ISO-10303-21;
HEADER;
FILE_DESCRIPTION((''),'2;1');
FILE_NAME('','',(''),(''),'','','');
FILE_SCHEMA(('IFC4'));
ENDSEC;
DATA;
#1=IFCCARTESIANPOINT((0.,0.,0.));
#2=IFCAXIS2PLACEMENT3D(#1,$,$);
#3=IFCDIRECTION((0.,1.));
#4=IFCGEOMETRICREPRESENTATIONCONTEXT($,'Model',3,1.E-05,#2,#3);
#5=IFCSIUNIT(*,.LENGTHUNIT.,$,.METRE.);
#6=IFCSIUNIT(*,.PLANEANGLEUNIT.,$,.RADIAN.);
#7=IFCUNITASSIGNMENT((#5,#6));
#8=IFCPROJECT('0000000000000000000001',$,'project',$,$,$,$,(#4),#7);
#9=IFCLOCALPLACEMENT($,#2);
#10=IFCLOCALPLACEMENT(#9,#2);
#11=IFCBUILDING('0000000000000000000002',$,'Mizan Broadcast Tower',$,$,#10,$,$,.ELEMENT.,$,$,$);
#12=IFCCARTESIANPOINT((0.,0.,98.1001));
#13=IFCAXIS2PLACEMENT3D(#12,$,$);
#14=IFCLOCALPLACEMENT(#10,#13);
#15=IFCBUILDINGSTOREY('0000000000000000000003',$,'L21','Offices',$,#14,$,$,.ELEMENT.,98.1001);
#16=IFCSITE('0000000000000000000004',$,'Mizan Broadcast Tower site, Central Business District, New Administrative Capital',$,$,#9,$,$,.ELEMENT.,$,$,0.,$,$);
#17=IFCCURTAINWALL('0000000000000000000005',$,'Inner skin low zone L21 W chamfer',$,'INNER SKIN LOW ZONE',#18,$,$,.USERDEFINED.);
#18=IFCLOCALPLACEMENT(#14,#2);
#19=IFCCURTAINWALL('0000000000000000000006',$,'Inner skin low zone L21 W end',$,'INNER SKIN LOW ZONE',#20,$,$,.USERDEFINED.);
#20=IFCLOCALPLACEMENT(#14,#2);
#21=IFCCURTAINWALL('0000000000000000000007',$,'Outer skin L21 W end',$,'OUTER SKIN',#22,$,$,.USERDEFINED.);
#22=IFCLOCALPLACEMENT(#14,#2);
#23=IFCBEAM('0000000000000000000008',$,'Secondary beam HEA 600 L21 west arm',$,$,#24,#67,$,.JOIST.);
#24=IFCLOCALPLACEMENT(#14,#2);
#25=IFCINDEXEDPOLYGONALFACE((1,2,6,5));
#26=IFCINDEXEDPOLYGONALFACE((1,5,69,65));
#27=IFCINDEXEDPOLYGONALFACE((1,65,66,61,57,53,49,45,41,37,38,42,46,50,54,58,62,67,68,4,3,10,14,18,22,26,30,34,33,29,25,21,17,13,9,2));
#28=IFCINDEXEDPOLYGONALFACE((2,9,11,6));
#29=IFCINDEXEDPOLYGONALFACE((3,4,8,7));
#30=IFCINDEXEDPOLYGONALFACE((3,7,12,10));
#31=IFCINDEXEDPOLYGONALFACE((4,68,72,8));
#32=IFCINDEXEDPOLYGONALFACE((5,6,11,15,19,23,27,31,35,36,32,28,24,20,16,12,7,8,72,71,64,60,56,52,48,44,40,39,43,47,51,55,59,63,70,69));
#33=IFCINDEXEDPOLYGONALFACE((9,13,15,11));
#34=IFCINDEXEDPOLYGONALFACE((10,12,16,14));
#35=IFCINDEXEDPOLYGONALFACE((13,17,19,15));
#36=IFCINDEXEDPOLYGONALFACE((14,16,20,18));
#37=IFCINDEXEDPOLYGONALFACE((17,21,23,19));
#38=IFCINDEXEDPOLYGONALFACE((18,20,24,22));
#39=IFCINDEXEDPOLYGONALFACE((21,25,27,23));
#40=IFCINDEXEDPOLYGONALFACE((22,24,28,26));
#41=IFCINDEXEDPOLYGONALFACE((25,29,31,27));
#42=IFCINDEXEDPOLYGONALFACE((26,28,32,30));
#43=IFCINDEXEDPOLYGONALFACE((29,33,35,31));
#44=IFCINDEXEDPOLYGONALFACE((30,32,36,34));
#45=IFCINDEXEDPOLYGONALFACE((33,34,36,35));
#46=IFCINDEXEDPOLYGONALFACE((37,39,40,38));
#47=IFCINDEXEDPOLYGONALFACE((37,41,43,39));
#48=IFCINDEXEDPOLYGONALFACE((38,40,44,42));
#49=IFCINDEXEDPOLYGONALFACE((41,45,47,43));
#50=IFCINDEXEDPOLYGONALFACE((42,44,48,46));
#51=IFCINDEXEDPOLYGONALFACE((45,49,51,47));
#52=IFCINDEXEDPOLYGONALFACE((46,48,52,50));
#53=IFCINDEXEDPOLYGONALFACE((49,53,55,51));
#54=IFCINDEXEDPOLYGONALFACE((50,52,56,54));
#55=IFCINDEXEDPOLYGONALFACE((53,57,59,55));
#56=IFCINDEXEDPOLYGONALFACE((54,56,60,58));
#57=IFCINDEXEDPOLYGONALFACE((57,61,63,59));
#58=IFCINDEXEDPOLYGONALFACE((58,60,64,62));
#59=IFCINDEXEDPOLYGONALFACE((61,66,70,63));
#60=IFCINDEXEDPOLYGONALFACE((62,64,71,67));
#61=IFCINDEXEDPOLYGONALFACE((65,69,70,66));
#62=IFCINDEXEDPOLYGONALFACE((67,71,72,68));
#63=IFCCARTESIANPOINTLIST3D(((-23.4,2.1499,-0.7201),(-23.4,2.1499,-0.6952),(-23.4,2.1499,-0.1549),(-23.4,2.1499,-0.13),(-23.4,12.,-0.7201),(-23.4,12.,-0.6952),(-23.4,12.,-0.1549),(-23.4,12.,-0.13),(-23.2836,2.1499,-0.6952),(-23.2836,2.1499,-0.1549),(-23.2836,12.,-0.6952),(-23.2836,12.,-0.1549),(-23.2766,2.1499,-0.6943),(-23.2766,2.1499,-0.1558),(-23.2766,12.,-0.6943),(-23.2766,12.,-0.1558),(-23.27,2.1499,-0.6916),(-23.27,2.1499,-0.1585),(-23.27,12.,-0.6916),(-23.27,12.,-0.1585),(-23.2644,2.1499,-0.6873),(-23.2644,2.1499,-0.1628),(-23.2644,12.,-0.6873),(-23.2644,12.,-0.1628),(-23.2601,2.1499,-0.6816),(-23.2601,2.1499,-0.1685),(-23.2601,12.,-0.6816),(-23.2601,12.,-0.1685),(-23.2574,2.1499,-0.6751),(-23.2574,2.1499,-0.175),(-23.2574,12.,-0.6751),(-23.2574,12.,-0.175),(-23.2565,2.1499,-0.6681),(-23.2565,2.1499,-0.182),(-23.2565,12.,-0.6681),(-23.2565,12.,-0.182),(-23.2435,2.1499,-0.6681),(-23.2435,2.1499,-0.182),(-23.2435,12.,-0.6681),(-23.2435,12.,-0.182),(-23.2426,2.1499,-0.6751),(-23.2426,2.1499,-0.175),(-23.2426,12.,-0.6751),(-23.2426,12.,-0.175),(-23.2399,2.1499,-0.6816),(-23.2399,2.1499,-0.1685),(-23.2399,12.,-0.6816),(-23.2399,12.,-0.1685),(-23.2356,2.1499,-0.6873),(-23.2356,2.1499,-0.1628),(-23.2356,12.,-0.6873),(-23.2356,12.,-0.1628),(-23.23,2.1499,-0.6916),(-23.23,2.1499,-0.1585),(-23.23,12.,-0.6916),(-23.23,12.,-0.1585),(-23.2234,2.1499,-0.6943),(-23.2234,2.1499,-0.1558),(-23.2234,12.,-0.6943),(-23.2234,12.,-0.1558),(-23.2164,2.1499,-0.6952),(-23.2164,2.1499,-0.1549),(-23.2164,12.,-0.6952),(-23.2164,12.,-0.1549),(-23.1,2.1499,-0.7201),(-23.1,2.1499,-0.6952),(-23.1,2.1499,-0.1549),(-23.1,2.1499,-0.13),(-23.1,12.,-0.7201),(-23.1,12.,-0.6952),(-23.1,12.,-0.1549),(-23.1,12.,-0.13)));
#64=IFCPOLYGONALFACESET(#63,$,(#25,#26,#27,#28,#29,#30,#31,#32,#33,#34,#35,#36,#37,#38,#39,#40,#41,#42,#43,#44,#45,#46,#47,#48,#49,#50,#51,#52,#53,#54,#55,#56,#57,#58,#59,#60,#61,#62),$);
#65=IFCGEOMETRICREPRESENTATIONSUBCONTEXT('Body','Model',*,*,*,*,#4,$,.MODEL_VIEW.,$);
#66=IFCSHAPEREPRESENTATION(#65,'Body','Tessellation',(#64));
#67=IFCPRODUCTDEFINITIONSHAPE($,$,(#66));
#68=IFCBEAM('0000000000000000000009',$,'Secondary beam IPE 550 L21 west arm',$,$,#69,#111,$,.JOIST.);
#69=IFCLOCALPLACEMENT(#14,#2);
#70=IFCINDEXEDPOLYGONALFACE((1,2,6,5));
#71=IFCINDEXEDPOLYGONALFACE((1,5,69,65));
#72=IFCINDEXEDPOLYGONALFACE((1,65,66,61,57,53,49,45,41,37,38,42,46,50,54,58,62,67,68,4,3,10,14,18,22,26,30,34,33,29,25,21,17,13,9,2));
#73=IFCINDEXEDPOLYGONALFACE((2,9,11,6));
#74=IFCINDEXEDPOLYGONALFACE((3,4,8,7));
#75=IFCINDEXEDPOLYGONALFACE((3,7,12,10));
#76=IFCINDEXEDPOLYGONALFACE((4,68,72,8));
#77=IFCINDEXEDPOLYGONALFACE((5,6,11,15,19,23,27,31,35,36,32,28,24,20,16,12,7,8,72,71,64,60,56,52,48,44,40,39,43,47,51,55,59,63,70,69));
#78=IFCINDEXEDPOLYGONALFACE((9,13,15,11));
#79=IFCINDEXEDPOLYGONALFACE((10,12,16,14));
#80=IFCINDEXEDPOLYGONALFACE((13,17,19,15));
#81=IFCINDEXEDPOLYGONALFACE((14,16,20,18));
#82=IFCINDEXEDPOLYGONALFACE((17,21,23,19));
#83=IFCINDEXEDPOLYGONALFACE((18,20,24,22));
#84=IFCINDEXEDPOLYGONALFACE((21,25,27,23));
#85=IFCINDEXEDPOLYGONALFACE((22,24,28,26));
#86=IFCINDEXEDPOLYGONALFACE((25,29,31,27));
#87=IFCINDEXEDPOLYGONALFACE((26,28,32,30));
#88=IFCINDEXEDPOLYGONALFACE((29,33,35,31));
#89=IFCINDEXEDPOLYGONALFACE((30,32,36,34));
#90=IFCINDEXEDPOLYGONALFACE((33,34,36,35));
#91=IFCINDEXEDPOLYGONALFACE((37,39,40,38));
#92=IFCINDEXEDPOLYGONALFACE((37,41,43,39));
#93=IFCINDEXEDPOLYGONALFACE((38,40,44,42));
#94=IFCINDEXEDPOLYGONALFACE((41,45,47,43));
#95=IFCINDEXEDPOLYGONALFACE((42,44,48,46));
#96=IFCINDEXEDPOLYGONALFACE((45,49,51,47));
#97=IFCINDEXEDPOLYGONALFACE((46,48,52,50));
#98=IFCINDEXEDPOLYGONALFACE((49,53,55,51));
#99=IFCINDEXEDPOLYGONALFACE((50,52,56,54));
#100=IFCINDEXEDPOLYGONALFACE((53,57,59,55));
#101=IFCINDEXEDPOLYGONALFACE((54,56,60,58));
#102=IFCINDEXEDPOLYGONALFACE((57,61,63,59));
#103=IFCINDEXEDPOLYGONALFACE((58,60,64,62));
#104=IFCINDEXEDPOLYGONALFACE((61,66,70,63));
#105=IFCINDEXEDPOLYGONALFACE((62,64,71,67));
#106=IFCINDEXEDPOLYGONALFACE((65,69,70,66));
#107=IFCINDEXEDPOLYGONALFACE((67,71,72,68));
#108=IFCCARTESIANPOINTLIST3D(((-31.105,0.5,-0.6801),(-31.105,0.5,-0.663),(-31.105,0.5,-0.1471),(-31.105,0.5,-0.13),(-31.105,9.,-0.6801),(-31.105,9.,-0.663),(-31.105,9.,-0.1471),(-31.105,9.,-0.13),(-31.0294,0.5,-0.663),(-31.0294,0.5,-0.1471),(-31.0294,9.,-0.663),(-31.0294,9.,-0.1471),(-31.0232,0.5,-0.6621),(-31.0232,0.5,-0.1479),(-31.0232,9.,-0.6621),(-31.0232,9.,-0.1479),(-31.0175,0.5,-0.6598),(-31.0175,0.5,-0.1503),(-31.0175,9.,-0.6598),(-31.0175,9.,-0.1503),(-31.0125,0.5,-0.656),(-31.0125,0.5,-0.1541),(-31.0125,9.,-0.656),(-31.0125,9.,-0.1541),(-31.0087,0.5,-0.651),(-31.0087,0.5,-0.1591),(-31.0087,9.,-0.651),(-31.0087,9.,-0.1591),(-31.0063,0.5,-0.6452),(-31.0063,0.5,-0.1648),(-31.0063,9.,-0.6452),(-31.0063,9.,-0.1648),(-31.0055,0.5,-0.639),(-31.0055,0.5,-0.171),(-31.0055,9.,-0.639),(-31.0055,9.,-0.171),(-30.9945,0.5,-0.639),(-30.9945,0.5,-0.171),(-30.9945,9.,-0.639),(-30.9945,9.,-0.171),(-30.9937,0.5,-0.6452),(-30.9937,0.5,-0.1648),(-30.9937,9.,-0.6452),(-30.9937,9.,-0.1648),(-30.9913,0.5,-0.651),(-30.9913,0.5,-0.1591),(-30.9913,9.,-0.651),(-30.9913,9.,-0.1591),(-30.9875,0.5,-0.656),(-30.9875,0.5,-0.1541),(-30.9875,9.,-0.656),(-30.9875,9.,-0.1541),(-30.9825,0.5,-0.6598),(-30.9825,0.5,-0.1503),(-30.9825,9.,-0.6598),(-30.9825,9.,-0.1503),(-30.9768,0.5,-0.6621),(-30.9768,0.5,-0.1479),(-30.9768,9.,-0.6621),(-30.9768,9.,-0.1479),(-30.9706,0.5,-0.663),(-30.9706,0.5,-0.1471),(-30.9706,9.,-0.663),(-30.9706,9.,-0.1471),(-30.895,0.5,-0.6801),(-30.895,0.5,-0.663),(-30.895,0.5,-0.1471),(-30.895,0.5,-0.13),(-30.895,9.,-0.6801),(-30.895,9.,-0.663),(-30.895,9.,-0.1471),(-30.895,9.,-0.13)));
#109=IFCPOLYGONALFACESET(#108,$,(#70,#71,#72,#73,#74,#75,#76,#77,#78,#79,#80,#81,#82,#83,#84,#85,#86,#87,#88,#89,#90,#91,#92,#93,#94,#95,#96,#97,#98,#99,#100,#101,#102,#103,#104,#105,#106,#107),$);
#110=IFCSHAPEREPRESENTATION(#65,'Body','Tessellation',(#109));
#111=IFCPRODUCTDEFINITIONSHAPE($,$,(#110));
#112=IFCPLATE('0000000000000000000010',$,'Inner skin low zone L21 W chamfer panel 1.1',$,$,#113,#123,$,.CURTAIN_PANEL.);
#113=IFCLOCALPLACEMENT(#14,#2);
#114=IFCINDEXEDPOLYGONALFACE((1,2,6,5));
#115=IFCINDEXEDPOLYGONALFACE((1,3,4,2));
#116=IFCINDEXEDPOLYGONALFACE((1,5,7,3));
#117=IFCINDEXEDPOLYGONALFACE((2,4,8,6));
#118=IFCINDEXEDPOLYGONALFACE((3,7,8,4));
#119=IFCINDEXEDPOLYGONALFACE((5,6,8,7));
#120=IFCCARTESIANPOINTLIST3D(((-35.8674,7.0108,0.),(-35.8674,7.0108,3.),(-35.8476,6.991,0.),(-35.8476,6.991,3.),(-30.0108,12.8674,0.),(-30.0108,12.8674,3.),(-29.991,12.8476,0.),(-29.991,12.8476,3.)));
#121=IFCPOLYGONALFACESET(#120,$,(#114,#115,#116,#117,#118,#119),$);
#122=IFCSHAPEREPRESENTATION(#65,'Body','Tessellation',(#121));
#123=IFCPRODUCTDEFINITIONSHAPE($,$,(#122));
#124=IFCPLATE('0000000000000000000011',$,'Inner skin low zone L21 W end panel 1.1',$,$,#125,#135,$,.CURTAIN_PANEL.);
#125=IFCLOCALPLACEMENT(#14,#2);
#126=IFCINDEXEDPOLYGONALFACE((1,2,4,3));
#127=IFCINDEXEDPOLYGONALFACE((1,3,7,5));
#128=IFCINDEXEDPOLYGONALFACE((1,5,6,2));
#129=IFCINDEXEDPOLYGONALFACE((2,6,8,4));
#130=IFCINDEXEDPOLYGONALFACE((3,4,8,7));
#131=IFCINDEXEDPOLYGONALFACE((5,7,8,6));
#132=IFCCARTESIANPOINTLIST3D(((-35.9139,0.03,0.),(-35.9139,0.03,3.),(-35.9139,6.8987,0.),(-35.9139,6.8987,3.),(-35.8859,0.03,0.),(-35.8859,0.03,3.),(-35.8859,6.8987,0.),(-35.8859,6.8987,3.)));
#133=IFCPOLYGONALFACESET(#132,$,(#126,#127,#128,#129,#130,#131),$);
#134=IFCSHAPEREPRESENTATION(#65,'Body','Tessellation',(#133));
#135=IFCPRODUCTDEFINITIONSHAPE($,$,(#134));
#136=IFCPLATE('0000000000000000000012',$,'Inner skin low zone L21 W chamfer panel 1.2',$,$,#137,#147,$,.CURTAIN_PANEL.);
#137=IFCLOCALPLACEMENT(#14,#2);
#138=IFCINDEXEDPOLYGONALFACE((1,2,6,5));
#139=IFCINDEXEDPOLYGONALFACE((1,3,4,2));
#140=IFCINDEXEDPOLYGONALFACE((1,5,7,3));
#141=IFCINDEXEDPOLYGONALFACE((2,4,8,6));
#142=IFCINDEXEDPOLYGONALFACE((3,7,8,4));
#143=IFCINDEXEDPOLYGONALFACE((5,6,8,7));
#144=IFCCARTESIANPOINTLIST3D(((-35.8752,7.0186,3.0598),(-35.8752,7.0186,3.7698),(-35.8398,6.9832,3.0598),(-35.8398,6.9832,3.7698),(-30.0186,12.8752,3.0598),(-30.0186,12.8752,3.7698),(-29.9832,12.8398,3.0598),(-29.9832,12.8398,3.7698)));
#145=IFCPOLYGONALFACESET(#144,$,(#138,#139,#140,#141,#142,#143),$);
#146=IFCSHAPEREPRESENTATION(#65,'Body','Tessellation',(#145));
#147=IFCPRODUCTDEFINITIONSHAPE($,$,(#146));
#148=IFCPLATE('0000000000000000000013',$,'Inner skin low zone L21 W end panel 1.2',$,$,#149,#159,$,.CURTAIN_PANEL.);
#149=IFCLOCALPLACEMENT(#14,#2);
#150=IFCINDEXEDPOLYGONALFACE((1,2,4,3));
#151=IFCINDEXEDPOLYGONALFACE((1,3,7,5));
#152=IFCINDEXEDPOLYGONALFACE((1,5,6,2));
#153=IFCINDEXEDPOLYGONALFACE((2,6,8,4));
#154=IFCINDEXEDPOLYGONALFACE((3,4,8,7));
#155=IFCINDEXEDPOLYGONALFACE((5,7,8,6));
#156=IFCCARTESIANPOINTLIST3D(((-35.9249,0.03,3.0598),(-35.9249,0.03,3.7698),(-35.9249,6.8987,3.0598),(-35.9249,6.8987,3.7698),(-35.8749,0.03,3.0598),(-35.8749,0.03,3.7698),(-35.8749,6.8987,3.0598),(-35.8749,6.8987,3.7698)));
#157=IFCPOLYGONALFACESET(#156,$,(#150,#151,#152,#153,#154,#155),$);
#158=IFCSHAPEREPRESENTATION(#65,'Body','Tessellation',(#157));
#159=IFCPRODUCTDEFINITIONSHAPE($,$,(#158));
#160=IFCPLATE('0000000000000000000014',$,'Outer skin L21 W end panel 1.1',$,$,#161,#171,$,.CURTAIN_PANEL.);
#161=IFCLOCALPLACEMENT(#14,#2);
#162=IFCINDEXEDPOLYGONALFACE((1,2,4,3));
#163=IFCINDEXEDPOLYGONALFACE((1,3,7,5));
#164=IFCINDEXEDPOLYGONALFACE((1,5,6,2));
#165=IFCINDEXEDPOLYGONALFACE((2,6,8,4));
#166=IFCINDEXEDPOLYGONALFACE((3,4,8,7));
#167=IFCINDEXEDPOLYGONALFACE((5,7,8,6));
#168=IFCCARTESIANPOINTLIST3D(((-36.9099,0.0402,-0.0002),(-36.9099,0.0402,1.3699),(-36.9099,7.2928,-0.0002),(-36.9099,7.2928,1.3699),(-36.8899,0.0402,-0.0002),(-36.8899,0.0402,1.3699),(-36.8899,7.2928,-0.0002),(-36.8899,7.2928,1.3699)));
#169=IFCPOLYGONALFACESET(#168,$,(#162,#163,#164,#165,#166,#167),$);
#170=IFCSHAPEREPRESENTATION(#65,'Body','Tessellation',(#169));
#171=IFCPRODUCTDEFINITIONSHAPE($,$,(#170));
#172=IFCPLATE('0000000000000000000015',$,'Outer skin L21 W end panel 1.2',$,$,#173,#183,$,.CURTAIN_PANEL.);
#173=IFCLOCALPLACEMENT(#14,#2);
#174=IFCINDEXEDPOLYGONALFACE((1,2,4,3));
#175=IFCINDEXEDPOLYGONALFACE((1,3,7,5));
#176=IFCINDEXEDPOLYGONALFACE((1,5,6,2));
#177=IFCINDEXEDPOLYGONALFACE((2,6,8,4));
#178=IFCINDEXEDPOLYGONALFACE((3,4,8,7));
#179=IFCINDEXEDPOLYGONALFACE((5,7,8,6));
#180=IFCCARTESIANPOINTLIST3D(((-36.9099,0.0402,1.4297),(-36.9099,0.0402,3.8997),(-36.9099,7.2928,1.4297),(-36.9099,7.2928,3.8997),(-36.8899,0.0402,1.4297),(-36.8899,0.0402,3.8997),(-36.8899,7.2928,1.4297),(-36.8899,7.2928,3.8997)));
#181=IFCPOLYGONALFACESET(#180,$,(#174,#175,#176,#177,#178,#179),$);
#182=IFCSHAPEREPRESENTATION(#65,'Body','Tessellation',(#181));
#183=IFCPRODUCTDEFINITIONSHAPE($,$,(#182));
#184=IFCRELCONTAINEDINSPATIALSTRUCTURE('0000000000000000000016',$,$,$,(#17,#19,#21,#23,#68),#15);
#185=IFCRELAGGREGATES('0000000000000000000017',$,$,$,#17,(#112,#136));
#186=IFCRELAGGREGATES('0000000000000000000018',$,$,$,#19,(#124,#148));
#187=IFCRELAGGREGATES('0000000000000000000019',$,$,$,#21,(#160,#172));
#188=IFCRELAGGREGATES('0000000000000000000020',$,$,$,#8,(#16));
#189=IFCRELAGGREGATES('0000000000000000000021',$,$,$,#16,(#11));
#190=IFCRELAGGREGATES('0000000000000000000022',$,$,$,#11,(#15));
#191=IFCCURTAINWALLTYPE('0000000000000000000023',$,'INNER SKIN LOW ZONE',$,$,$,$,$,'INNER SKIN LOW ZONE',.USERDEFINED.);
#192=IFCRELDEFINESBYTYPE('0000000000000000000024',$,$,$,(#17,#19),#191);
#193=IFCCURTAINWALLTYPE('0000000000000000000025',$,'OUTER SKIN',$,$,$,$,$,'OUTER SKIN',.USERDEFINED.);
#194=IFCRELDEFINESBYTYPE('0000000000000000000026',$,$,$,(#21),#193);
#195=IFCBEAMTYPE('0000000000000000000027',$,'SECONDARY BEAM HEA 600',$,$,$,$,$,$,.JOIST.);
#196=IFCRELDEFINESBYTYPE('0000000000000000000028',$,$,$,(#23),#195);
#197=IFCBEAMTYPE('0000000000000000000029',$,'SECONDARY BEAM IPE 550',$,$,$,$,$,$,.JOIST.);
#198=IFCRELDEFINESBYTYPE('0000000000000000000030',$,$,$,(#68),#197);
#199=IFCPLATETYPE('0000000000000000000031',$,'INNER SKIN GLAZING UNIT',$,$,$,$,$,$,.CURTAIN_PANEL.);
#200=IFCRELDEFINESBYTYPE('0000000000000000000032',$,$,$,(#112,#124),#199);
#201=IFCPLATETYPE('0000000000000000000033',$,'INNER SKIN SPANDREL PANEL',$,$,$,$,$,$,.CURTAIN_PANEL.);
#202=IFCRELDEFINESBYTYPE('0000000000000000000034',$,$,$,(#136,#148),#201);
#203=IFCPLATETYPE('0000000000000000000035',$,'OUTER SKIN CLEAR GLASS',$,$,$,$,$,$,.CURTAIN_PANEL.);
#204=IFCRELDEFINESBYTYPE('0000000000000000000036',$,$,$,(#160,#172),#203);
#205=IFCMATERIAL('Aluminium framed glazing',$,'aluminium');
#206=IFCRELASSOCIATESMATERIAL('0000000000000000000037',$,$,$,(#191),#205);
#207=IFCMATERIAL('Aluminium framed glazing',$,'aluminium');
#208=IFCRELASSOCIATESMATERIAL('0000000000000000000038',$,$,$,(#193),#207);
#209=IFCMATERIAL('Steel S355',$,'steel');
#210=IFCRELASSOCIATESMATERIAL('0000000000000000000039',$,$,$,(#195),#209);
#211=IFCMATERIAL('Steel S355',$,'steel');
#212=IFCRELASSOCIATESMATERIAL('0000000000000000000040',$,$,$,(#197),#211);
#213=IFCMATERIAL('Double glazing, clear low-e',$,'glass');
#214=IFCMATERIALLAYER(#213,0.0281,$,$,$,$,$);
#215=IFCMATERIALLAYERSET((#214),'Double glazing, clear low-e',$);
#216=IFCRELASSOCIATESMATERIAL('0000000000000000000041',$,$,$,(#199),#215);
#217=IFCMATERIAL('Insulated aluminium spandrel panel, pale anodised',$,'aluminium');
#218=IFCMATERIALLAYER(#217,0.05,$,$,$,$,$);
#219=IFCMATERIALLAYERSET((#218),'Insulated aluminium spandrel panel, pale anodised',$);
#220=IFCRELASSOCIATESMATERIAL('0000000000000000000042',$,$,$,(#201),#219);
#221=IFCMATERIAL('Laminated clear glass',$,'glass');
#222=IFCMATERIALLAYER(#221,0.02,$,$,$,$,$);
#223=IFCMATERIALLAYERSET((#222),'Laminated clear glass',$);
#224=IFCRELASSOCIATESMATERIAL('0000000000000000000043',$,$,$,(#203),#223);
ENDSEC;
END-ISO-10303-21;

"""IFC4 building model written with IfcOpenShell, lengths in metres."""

from ifc_helpers import new_model, si_unit, direction, frame, origin, origin_2d, place, context, subcontext, project, spatial, rectangle, i_section, extrude, material, layer, layer_set, material_profile, profile_set, type_object, element, aggregate, save


model = new_model("IFC4")

# Units and contexts
model_context = context("Model", 3, precision=1e-05, world=origin(), true_north=direction((0.0, 1.0)))
body_context = subcontext(model_context, "Body", "Model", "MODEL_VIEW")
ifc_project = project(units=[si_unit("LENGTHUNIT", "METRE"), si_unit("PLANEANGLEUNIT", "RADIAN")], contexts=[model_context])

# Site, building, storey
site_placement = place(None, origin())
site = spatial("IfcSite", under=ifc_project, at=site_placement, Name="Mizan Broadcast Tower site, Central Business District, New Administrative Capital", CompositionType="ELEMENT", RefElevation=0.0)
building_placement = place(site_placement, origin())
building = spatial("IfcBuilding", under=site, at=building_placement, Name="Mizan Broadcast Tower", CompositionType="ELEMENT")
storey_placement = place(building_placement, frame((0.0, 0.0, 98.1001)))
storey = spatial("IfcBuildingStorey", under=building, at=storey_placement, Name="L21", Description="Offices", CompositionType="ELEMENT", Elevation=98.1001)

# Curtain wall
ifc_material_1 = material(Name="Aluminium framed glazing", Category="aluminium")
curtain_wall_type_1 = type_object("IfcCurtainWallType", Name="INNER SKIN LOW ZONE", ElementType="INNER SKIN LOW ZONE", PredefinedType="USERDEFINED", material=ifc_material_1)
curtain_wall_1_placement = place(storey_placement, origin())
curtain_wall_1 = element("IfcCurtainWall", 1, at=curtain_wall_1_placement, inside=storey, type_object=curtain_wall_type_1, Name="Inner skin low zone L21 W chamfer", ObjectType="INNER SKIN LOW ZONE", PredefinedType="USERDEFINED")

# Curtain wall
curtain_wall_2_placement = place(storey_placement, origin())
curtain_wall_2 = element("IfcCurtainWall", 2, at=curtain_wall_2_placement, inside=storey, type_object=curtain_wall_type_1, Name="Inner skin low zone L21 W end", ObjectType="INNER SKIN LOW ZONE", PredefinedType="USERDEFINED")
ifc_material_2 = material(Name="Aluminium framed glazing", Category="aluminium")
curtain_wall_type_2 = type_object("IfcCurtainWallType", Name="OUTER SKIN", ElementType="OUTER SKIN", PredefinedType="USERDEFINED", material=ifc_material_2)

# Curtain wall
curtain_wall_3_placement = place(storey_placement, origin())
curtain_wall_3 = element("IfcCurtainWall", 3, at=curtain_wall_3_placement, inside=storey, type_object=curtain_wall_type_2, Name="Outer skin L21 W end", ObjectType="OUTER SKIN", PredefinedType="USERDEFINED")

# Beams
ifc_material_3 = material(Name="Steel S355", Category="steel")
ifc_material_profile_1 = material_profile(ifc_material_3, i_section(OverallWidth=0.3, OverallDepth=0.5901, WebThickness=0.0129, FlangeThickness=0.0249, FilletRadius=0.0271, at=origin_2d()), Name="HEA 600")
ifc_profile_set_1 = profile_set([ifc_material_profile_1], Name="Steel S355")
beam_type_1 = type_object("IfcBeamType", Name="SECONDARY BEAM HEA 600", PredefinedType="JOIST", material=ifc_profile_set_1)
for number, where, z_axis, x_axis, name in (
    (4, (-23.25, 12.0, -0.425), (0.0, -1.0, 0.0), (1.0, 0.0, 0.0), "Secondary beam HEA 600 L21 west arm"),
):
    element("IfcBeam", number, at=place(storey_placement, frame(where, z_axis=z_axis, x_axis=x_axis)), inside=storey, type_object=beam_type_1, Name=name, PredefinedType="JOIST", context=body_context, shape_type="SweptSolid", body=[
        extrude(i_section(OverallWidth=0.3, OverallDepth=0.5901, WebThickness=0.0129, FlangeThickness=0.0249, FilletRadius=0.0271, at=origin_2d()), origin(), (0.0, 0.0, 1.0), 9.8501),
    ])
ifc_material_4 = material(Name="Steel S355", Category="steel")
ifc_material_profile_2 = material_profile(ifc_material_4, i_section(OverallWidth=0.21, OverallDepth=0.55, WebThickness=0.011, FlangeThickness=0.0171, FilletRadius=0.0239, at=origin_2d()), Name="IPE 550")
ifc_profile_set_2 = profile_set([ifc_material_profile_2], Name="Steel S355")
beam_type_2 = type_object("IfcBeamType", Name="SECONDARY BEAM IPE 550", PredefinedType="JOIST", material=ifc_profile_set_2)
beam_1_placement = place(storey_placement, frame((-31.0, 9.0, -0.405), z_axis=(0.0, -1.0, 0.0), x_axis=(1.0, 0.0, 0.0)))
element("IfcBeam", 5, at=beam_1_placement, inside=storey, type_object=beam_type_2, Name="Secondary beam IPE 550 L21 west arm", PredefinedType="JOIST", context=body_context, shape_type="SweptSolid", body=[
    extrude(i_section(OverallWidth=0.21, OverallDepth=0.55, WebThickness=0.011, FlangeThickness=0.0171, FilletRadius=0.0239, at=origin_2d()), origin(), (0.0, 0.0, 1.0), 8.5),
])

# Plates
ifc_material_5 = material(Name="Double glazing, clear low-e", Category="glass")
ifc_layer_1 = layer(ifc_material_5, 0.0281)
ifc_layer_set_1 = layer_set([ifc_layer_1], Name="Double glazing, clear low-e")
plate_type_1 = type_object("IfcPlateType", Name="INNER SKIN GLAZING UNIT", PredefinedType="CURTAIN_PANEL", material=ifc_layer_set_1)
plate_1_placement = place(storey_placement, frame((-32.9292, 9.9292, 0.0), z_axis=(0.0, 0.0, 1.0), x_axis=(-0.707107, -0.707107, 0.0)))
plate_1 = element("IfcPlate", 6, at=plate_1_placement, type_object=plate_type_1, Name="Inner skin low zone L21 W chamfer panel 1.1", PredefinedType="CURTAIN_PANEL", context=body_context, shape_type="SweptSolid", body=[
    extrude(rectangle(XDim=8.2825, YDim=0.0281, at=origin_2d()), origin(), (0.0, 0.0, 1.0), 3.0),
])
plate_2_placement = place(storey_placement, frame((-35.8999, 3.4644, 0.0), z_axis=(0.0, 0.0, 1.0), x_axis=(0.0, -1.0, 0.0)))
plate_2 = element("IfcPlate", 7, at=plate_2_placement, type_object=plate_type_1, Name="Inner skin low zone L21 W end panel 1.1", PredefinedType="CURTAIN_PANEL", context=body_context, shape_type="SweptSolid", body=[
    extrude(rectangle(XDim=6.8687, YDim=0.0281, at=origin_2d()), origin(), (0.0, 0.0, 1.0), 3.0),
])
ifc_material_6 = material(Name="Insulated aluminium spandrel panel, pale anodised", Category="aluminium")
ifc_layer_2 = layer(ifc_material_6, 0.05)
ifc_layer_set_2 = layer_set([ifc_layer_2], Name="Insulated aluminium spandrel panel, pale anodised")
plate_type_2 = type_object("IfcPlateType", Name="INNER SKIN SPANDREL PANEL", PredefinedType="CURTAIN_PANEL", material=ifc_layer_set_2)
plate_3_placement = place(storey_placement, frame((-32.9292, 9.9292, 3.0598), z_axis=(0.0, 0.0, 1.0), x_axis=(-0.707107, -0.707107, 0.0)))
plate_3 = element("IfcPlate", 8, at=plate_3_placement, type_object=plate_type_2, Name="Inner skin low zone L21 W chamfer panel 1.2", PredefinedType="CURTAIN_PANEL", context=body_context, shape_type="SweptSolid", body=[
    extrude(rectangle(XDim=8.2825, YDim=0.05, at=origin_2d()), origin(), (0.0, 0.0, 1.0), 0.71),
])
aggregate(curtain_wall_1, [plate_1, plate_3])
plate_4_placement = place(storey_placement, frame((-35.8999, 3.4644, 3.0598), z_axis=(0.0, 0.0, 1.0), x_axis=(0.0, -1.0, 0.0)))
plate_4 = element("IfcPlate", 9, at=plate_4_placement, type_object=plate_type_2, Name="Inner skin low zone L21 W end panel 1.2", PredefinedType="CURTAIN_PANEL", context=body_context, shape_type="SweptSolid", body=[
    extrude(rectangle(XDim=6.8687, YDim=0.05, at=origin_2d()), origin(), (0.0, 0.0, 1.0), 0.71),
])
aggregate(curtain_wall_2, [plate_2, plate_4])
ifc_material_7 = material(Name="Laminated clear glass", Category="glass")
ifc_layer_3 = layer(ifc_material_7, 0.02)
ifc_layer_set_3 = layer_set([ifc_layer_3], Name="Laminated clear glass")
plate_type_3 = type_object("IfcPlateType", Name="OUTER SKIN CLEAR GLASS", PredefinedType="CURTAIN_PANEL", material=ifc_layer_set_3)
plate_5_placement = place(storey_placement, frame((-36.8999, 3.6665, -0.0002), z_axis=(0.0, 0.0, 1.0), x_axis=(0.0, -1.0, 0.0)))
plate_5 = element("IfcPlate", 10, at=plate_5_placement, type_object=plate_type_3, Name="Outer skin L21 W end panel 1.1", PredefinedType="CURTAIN_PANEL", context=body_context, shape_type="SweptSolid", body=[
    extrude(rectangle(XDim=7.2527, YDim=0.02, at=origin_2d()), origin(), (0.0, 0.0, 1.0), 1.3701),
])
plate_6_placement = place(storey_placement, frame((-36.8999, 3.6665, 1.4297), z_axis=(0.0, 0.0, 1.0), x_axis=(0.0, -1.0, 0.0)))
plate_6 = element("IfcPlate", 11, at=plate_6_placement, type_object=plate_type_3, Name="Outer skin L21 W end panel 1.2", PredefinedType="CURTAIN_PANEL", context=body_context, shape_type="SweptSolid", body=[
    extrude(rectangle(XDim=7.2527, YDim=0.02, at=origin_2d()), origin(), (0.0, 0.0, 1.0), 2.47),
])
aggregate(curtain_wall_3, [plate_5, plate_6])

save(model, "model.ifc")
